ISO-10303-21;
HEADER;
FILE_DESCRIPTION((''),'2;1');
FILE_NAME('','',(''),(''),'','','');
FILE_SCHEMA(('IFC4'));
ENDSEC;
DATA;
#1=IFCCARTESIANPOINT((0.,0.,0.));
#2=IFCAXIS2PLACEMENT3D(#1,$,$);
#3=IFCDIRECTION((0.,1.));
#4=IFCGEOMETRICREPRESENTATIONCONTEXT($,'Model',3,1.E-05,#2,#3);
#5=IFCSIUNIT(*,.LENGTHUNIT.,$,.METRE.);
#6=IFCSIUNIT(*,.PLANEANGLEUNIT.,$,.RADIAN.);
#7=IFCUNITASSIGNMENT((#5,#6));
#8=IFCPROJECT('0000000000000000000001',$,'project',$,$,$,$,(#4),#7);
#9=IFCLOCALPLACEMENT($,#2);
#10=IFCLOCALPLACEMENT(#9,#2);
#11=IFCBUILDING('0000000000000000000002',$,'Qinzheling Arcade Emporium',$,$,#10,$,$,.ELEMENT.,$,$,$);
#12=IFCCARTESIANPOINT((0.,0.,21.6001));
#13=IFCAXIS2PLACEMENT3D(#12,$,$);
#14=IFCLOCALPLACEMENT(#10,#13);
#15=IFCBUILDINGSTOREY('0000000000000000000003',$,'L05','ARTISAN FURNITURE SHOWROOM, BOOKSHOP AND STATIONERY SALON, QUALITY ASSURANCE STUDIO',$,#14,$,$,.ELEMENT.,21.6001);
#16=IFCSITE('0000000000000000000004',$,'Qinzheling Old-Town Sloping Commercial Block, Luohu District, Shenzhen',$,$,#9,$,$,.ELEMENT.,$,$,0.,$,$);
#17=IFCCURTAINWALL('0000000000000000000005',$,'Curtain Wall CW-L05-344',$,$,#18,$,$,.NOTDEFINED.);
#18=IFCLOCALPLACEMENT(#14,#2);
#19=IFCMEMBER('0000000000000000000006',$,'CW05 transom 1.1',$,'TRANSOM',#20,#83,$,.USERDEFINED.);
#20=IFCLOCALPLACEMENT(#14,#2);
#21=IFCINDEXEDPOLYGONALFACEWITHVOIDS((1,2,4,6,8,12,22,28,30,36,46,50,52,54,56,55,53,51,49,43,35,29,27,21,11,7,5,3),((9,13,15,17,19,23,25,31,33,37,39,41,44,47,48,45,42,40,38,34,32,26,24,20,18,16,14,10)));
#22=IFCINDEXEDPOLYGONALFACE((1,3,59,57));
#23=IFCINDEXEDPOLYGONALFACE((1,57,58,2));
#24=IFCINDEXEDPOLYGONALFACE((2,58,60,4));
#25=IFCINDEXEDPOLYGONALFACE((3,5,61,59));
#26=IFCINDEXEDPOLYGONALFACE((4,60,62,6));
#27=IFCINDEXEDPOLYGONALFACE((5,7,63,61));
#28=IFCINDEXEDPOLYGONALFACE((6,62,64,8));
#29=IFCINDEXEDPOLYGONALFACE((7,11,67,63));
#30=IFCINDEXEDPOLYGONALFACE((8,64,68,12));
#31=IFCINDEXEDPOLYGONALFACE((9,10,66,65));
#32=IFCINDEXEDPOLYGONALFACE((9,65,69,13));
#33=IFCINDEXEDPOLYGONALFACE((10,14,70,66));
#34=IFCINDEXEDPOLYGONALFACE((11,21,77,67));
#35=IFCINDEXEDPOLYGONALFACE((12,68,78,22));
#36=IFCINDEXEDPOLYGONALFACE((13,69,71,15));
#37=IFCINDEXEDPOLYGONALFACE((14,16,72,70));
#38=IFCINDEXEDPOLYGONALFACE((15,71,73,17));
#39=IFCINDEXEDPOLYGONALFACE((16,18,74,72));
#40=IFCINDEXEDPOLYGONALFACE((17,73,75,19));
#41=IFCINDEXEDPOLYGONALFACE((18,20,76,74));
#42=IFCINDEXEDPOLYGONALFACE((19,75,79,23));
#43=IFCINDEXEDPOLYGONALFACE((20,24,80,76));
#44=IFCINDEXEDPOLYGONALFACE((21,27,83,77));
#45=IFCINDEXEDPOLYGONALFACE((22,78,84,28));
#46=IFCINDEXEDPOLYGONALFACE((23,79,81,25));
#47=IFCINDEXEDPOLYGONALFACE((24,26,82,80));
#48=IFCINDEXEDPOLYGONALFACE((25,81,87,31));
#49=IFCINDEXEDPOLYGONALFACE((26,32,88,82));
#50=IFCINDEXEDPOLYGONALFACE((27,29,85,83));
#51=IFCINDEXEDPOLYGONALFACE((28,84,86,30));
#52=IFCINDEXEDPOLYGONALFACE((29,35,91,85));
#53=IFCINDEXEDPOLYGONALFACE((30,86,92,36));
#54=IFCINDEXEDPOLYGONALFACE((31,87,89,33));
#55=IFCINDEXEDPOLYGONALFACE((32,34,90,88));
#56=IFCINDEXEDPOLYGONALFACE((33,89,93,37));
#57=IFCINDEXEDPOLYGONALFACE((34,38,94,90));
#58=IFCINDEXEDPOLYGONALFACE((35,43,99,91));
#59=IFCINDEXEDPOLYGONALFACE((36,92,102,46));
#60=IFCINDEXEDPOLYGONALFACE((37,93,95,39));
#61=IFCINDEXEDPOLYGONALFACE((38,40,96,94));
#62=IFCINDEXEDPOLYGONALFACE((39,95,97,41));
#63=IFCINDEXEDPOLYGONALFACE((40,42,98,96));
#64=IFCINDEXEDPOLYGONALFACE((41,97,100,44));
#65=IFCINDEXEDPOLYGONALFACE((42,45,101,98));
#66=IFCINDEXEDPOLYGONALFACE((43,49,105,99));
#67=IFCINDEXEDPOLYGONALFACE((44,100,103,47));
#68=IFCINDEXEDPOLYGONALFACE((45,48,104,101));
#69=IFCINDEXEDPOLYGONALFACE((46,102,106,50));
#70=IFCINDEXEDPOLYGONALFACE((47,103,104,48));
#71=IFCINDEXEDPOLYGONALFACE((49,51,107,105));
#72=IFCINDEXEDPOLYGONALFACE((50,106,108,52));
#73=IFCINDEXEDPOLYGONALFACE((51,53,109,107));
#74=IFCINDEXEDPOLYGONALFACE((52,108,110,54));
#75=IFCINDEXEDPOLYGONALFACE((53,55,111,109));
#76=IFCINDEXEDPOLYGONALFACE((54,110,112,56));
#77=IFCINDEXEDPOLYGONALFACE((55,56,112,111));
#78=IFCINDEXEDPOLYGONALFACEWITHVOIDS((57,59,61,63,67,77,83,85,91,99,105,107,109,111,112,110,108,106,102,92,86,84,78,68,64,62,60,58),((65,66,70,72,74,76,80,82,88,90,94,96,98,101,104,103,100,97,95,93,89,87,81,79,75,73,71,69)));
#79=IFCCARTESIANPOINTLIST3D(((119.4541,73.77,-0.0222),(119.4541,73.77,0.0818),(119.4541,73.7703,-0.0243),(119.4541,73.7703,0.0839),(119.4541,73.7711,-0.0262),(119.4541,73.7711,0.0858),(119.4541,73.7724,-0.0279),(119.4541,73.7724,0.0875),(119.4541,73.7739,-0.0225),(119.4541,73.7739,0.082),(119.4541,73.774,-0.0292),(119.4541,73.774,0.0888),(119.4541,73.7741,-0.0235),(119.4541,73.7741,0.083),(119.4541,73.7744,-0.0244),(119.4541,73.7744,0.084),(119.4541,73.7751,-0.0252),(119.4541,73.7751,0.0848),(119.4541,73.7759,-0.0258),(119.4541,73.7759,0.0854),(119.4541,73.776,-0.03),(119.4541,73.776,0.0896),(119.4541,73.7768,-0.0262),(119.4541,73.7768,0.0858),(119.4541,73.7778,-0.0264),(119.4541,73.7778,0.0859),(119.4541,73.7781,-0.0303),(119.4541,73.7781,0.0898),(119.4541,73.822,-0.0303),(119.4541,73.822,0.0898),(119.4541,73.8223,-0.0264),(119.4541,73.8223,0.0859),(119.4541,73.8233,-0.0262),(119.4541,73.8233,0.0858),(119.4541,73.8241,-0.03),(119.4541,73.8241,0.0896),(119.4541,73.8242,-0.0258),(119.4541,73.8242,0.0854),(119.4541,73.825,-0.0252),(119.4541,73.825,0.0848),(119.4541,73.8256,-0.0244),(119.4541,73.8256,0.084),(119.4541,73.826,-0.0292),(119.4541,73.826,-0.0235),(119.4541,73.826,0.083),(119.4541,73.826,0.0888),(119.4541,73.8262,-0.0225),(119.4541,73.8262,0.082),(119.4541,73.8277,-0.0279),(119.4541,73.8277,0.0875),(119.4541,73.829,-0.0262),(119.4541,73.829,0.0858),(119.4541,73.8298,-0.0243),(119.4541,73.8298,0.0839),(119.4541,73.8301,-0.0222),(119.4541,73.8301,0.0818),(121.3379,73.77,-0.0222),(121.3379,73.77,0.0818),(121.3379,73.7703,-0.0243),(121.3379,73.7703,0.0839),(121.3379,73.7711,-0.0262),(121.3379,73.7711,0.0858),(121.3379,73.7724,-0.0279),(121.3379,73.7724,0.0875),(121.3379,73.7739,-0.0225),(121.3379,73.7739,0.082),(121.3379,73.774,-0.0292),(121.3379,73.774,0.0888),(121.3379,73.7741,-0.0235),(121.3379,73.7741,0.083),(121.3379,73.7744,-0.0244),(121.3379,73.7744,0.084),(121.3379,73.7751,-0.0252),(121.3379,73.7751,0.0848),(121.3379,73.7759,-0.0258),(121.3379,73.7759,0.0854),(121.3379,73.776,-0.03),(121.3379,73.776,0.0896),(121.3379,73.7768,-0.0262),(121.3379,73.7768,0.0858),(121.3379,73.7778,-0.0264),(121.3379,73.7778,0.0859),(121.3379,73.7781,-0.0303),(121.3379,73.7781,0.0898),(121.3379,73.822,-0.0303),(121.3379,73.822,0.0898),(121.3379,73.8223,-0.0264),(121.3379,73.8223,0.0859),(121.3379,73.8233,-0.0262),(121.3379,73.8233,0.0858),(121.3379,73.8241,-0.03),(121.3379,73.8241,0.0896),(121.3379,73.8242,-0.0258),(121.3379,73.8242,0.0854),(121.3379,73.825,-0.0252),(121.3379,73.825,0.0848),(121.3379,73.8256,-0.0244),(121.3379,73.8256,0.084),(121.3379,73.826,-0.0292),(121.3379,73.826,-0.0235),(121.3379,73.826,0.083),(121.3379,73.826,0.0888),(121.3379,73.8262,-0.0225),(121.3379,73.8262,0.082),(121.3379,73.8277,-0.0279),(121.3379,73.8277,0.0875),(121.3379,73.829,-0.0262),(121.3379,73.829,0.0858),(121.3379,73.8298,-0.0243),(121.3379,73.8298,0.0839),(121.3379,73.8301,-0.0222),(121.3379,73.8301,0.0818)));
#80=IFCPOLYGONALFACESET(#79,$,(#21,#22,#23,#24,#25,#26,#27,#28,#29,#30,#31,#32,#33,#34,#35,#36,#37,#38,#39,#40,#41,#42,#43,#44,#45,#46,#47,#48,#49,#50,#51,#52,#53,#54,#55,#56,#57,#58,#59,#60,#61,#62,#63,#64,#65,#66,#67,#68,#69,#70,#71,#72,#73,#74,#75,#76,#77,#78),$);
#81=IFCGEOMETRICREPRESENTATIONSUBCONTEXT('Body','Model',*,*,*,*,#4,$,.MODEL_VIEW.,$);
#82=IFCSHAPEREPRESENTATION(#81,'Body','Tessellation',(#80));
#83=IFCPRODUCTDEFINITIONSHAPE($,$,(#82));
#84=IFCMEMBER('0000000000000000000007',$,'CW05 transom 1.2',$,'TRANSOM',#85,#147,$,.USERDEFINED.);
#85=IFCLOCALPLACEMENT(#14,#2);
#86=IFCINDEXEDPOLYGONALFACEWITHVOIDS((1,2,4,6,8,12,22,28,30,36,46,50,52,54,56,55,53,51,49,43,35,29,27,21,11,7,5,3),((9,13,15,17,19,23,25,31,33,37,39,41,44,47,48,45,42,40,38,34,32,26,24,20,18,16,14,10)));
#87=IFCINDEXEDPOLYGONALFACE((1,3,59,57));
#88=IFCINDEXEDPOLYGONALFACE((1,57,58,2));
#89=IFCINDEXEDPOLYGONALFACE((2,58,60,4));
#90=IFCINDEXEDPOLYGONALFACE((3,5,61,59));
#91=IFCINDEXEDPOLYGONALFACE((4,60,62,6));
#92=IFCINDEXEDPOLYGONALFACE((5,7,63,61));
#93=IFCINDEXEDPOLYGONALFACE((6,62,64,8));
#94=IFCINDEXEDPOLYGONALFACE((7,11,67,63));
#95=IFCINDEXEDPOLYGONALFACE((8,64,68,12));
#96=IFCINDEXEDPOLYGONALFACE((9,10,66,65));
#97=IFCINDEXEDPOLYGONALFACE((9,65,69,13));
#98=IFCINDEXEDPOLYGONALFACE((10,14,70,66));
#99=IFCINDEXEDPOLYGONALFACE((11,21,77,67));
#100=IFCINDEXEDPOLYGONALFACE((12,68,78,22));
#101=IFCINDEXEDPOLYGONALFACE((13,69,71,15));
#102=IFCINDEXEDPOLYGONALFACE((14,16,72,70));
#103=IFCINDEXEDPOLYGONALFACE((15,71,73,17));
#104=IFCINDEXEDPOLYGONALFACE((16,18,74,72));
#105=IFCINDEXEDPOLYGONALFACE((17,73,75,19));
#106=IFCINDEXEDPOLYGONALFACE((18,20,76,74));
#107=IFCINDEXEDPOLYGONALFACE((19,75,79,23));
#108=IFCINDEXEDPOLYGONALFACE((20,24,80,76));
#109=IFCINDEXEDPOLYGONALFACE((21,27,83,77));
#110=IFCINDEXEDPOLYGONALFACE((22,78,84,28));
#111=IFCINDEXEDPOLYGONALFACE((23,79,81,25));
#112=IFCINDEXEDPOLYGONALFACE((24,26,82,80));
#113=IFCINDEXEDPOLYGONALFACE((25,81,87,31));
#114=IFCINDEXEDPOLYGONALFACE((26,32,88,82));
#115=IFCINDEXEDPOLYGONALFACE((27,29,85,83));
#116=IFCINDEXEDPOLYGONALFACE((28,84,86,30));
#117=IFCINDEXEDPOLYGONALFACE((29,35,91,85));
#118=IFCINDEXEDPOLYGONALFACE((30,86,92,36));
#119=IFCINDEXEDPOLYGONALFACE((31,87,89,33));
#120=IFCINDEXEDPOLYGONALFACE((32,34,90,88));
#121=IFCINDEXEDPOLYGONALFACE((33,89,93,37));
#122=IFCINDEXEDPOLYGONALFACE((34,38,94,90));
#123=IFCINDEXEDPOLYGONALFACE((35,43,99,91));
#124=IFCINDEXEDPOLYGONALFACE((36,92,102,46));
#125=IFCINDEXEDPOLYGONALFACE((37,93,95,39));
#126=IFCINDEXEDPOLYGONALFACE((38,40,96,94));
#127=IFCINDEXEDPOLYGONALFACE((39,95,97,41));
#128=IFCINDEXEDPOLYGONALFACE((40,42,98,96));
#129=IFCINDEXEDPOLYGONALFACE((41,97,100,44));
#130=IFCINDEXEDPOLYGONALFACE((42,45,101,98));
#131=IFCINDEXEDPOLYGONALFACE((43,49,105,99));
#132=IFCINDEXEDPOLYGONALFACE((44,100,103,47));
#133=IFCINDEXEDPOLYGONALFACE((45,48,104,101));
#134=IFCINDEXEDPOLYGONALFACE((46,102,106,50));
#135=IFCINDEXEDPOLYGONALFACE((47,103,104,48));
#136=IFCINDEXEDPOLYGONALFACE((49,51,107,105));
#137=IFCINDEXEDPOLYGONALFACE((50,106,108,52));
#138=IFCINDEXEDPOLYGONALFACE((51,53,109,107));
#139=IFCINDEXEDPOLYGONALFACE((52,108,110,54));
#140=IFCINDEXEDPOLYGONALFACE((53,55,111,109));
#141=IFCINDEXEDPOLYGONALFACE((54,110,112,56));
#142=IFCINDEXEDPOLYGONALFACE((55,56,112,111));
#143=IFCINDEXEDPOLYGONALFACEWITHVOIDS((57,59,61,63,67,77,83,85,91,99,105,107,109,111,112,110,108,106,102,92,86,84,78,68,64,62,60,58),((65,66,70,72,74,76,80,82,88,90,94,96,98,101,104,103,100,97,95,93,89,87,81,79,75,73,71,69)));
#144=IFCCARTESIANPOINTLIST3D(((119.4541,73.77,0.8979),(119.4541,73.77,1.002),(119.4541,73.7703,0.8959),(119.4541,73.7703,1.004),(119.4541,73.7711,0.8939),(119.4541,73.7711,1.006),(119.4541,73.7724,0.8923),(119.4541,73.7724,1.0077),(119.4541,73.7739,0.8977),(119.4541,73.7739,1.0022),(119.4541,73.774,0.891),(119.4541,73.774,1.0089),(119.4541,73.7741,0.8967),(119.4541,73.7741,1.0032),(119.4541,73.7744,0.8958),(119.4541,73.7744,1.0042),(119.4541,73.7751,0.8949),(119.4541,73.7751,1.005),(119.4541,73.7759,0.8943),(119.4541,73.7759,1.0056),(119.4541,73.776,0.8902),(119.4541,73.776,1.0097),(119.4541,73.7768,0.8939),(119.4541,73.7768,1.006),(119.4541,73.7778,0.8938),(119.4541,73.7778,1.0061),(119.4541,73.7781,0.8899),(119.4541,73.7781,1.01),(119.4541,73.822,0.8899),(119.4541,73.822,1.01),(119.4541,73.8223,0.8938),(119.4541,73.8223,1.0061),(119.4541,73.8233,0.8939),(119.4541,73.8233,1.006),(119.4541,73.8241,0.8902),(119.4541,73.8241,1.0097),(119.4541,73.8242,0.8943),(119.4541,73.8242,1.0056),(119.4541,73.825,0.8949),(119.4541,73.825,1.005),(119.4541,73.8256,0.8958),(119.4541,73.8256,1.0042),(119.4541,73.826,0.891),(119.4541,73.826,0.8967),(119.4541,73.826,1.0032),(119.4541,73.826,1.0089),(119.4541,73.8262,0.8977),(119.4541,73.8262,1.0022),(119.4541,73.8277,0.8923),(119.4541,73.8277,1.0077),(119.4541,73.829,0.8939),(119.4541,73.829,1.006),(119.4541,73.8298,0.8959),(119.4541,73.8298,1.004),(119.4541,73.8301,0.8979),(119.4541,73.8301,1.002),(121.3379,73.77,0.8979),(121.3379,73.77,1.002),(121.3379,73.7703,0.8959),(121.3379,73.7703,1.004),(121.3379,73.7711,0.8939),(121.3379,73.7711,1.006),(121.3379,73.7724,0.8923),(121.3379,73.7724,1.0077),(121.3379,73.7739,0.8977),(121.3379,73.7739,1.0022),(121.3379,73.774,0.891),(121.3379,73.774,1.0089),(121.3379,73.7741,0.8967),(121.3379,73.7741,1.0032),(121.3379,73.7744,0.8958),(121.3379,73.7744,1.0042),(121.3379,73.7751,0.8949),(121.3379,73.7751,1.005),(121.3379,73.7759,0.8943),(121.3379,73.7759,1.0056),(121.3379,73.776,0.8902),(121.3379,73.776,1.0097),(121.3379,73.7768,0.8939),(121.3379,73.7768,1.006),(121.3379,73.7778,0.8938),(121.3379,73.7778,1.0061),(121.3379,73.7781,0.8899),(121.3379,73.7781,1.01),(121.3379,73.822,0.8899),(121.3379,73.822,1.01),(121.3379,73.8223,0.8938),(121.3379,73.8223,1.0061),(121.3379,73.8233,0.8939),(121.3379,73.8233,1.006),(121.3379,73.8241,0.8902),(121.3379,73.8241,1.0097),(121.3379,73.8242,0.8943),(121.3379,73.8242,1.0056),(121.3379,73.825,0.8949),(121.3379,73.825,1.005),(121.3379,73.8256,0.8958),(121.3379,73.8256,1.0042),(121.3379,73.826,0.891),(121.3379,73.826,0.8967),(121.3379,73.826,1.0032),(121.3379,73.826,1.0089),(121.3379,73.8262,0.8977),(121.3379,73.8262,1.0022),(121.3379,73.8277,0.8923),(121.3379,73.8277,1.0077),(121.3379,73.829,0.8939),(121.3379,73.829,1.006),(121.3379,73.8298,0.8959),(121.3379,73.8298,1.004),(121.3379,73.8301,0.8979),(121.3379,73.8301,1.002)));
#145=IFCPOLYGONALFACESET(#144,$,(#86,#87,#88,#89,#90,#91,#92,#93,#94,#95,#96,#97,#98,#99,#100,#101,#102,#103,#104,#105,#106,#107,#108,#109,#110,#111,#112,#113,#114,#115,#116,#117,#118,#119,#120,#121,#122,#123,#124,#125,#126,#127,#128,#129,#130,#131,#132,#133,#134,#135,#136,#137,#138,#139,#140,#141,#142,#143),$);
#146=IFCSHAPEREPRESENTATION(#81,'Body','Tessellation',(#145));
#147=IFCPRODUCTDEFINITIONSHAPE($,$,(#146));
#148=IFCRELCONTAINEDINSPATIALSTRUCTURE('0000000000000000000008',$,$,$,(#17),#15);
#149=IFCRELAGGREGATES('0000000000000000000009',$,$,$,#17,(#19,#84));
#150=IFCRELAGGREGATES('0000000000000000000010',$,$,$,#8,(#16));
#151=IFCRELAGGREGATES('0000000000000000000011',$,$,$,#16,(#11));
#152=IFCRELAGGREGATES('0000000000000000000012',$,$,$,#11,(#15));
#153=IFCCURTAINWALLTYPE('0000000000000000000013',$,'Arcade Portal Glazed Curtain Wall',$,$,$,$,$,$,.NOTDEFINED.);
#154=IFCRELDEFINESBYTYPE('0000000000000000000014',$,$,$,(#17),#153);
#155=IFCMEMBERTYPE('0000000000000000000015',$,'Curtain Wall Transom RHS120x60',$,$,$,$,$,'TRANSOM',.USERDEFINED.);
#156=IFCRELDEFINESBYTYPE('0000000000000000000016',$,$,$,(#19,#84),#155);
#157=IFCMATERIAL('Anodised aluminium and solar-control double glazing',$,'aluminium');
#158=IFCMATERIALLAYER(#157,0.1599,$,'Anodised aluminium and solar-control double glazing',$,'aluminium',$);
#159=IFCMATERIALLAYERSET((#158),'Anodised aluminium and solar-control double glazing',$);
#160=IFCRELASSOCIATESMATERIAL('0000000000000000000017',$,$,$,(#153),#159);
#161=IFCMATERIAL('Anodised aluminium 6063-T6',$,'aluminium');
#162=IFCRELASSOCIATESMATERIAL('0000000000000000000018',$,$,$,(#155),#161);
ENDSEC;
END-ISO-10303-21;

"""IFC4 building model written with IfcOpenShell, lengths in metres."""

from ifc_helpers import new_model, si_unit, direction, frame, origin, origin_2d, place, context, subcontext, project, spatial, hollow_rectangle, extrude, material, layer, layer_set, material_profile, profile_set, type_object, element, aggregate, save


model = new_model("IFC4")

# Units and contexts
model_context = context("Model", 3, precision=1e-05, world=origin(), true_north=direction((0.0, 1.0)))
body_context = subcontext(model_context, "Body", "Model", "MODEL_VIEW")
ifc_project = project(units=[si_unit("LENGTHUNIT", "METRE"), si_unit("PLANEANGLEUNIT", "RADIAN")], contexts=[model_context])

# Site, building, storey
site_placement = place(None, origin())
site = spatial("IfcSite", under=ifc_project, at=site_placement, Name="Qinzheling Old-Town Sloping Commercial Block, Luohu District, Shenzhen", CompositionType="ELEMENT", RefElevation=0.0)
building_placement = place(site_placement, origin())
building = spatial("IfcBuilding", under=site, at=building_placement, Name="Qinzheling Arcade Emporium", CompositionType="ELEMENT")
storey_placement = place(building_placement, frame((0.0, 0.0, 21.6001)))
storey = spatial("IfcBuildingStorey", under=building, at=storey_placement, Name="L05", Description="ARTISAN FURNITURE SHOWROOM, BOOKSHOP AND STATIONERY SALON, QUALITY ASSURANCE STUDIO", CompositionType="ELEMENT", Elevation=21.6001)

# Curtain wall, members
ifc_material_1 = material(Name="Anodised aluminium and solar-control double glazing", Category="aluminium")
ifc_layer_1 = layer(ifc_material_1, 0.1599, Name="Anodised aluminium and solar-control double glazing", Category="aluminium")
ifc_layer_set_1 = layer_set([ifc_layer_1], Name="Anodised aluminium and solar-control double glazing")
curtain_wall_type = type_object("IfcCurtainWallType", Name="Arcade Portal Glazed Curtain Wall", PredefinedType="NOTDEFINED", material=ifc_layer_set_1)
curtain_wall_placement = place(storey_placement, origin())
curtain_wall = element("IfcCurtainWall", 1, at=curtain_wall_placement, inside=storey, type_object=curtain_wall_type, Name="Curtain Wall CW-L05-344", PredefinedType="NOTDEFINED")
ifc_material_2 = material(Name="Anodised aluminium 6063-T6", Category="aluminium")
ifc_material_profile_1 = material_profile(ifc_material_2, hollow_rectangle(XDim=0.0601, YDim=0.1201, WallThickness=0.0039, InnerFilletRadius=0.0039, OuterFilletRadius=0.0081, at=origin_2d()), Name="RHS 120x60x4", Category="aluminium")
ifc_profile_set_1 = profile_set([ifc_material_profile_1], Name="Anodised aluminium 6063-T6")
member_type_1 = type_object("IfcMemberType", Name="Curtain Wall Transom RHS120x60", ElementType="TRANSOM", PredefinedType="USERDEFINED", material=ifc_profile_set_1)
member_1_placement = place(storey_placement, frame((121.3379, 73.8, 0.0298), z_axis=(-1.0, 0.0, 0.0), x_axis=(0.0, -1.0, 0.0)))
member_1 = element("IfcMember", 2, at=member_1_placement, type_object=member_type_1, Name="CW05 transom 1.1", ObjectType="TRANSOM", PredefinedType="USERDEFINED", context=body_context, shape_type="SweptSolid", body=[
    extrude(hollow_rectangle(XDim=0.0601, YDim=0.1201, WallThickness=0.0039, InnerFilletRadius=0.0039, OuterFilletRadius=0.0081, at=origin_2d()), origin(), (0.0, 0.0, 1.0), 1.8838),
])
member_2_placement = place(storey_placement, frame((121.3379, 73.8, 0.95), z_axis=(-1.0, 0.0, 0.0), x_axis=(0.0, -1.0, 0.0)))
member_2 = element("IfcMember", 3, at=member_2_placement, type_object=member_type_1, Name="CW05 transom 1.2", ObjectType="TRANSOM", PredefinedType="USERDEFINED", context=body_context, shape_type="SweptSolid", body=[
    extrude(hollow_rectangle(XDim=0.0601, YDim=0.1201, WallThickness=0.0039, InnerFilletRadius=0.0039, OuterFilletRadius=0.0081, at=origin_2d()), origin(), (0.0, 0.0, 1.0), 1.8838),
])

aggregate(curtain_wall, [member_1, member_2])

save(model, "model.ifc")
